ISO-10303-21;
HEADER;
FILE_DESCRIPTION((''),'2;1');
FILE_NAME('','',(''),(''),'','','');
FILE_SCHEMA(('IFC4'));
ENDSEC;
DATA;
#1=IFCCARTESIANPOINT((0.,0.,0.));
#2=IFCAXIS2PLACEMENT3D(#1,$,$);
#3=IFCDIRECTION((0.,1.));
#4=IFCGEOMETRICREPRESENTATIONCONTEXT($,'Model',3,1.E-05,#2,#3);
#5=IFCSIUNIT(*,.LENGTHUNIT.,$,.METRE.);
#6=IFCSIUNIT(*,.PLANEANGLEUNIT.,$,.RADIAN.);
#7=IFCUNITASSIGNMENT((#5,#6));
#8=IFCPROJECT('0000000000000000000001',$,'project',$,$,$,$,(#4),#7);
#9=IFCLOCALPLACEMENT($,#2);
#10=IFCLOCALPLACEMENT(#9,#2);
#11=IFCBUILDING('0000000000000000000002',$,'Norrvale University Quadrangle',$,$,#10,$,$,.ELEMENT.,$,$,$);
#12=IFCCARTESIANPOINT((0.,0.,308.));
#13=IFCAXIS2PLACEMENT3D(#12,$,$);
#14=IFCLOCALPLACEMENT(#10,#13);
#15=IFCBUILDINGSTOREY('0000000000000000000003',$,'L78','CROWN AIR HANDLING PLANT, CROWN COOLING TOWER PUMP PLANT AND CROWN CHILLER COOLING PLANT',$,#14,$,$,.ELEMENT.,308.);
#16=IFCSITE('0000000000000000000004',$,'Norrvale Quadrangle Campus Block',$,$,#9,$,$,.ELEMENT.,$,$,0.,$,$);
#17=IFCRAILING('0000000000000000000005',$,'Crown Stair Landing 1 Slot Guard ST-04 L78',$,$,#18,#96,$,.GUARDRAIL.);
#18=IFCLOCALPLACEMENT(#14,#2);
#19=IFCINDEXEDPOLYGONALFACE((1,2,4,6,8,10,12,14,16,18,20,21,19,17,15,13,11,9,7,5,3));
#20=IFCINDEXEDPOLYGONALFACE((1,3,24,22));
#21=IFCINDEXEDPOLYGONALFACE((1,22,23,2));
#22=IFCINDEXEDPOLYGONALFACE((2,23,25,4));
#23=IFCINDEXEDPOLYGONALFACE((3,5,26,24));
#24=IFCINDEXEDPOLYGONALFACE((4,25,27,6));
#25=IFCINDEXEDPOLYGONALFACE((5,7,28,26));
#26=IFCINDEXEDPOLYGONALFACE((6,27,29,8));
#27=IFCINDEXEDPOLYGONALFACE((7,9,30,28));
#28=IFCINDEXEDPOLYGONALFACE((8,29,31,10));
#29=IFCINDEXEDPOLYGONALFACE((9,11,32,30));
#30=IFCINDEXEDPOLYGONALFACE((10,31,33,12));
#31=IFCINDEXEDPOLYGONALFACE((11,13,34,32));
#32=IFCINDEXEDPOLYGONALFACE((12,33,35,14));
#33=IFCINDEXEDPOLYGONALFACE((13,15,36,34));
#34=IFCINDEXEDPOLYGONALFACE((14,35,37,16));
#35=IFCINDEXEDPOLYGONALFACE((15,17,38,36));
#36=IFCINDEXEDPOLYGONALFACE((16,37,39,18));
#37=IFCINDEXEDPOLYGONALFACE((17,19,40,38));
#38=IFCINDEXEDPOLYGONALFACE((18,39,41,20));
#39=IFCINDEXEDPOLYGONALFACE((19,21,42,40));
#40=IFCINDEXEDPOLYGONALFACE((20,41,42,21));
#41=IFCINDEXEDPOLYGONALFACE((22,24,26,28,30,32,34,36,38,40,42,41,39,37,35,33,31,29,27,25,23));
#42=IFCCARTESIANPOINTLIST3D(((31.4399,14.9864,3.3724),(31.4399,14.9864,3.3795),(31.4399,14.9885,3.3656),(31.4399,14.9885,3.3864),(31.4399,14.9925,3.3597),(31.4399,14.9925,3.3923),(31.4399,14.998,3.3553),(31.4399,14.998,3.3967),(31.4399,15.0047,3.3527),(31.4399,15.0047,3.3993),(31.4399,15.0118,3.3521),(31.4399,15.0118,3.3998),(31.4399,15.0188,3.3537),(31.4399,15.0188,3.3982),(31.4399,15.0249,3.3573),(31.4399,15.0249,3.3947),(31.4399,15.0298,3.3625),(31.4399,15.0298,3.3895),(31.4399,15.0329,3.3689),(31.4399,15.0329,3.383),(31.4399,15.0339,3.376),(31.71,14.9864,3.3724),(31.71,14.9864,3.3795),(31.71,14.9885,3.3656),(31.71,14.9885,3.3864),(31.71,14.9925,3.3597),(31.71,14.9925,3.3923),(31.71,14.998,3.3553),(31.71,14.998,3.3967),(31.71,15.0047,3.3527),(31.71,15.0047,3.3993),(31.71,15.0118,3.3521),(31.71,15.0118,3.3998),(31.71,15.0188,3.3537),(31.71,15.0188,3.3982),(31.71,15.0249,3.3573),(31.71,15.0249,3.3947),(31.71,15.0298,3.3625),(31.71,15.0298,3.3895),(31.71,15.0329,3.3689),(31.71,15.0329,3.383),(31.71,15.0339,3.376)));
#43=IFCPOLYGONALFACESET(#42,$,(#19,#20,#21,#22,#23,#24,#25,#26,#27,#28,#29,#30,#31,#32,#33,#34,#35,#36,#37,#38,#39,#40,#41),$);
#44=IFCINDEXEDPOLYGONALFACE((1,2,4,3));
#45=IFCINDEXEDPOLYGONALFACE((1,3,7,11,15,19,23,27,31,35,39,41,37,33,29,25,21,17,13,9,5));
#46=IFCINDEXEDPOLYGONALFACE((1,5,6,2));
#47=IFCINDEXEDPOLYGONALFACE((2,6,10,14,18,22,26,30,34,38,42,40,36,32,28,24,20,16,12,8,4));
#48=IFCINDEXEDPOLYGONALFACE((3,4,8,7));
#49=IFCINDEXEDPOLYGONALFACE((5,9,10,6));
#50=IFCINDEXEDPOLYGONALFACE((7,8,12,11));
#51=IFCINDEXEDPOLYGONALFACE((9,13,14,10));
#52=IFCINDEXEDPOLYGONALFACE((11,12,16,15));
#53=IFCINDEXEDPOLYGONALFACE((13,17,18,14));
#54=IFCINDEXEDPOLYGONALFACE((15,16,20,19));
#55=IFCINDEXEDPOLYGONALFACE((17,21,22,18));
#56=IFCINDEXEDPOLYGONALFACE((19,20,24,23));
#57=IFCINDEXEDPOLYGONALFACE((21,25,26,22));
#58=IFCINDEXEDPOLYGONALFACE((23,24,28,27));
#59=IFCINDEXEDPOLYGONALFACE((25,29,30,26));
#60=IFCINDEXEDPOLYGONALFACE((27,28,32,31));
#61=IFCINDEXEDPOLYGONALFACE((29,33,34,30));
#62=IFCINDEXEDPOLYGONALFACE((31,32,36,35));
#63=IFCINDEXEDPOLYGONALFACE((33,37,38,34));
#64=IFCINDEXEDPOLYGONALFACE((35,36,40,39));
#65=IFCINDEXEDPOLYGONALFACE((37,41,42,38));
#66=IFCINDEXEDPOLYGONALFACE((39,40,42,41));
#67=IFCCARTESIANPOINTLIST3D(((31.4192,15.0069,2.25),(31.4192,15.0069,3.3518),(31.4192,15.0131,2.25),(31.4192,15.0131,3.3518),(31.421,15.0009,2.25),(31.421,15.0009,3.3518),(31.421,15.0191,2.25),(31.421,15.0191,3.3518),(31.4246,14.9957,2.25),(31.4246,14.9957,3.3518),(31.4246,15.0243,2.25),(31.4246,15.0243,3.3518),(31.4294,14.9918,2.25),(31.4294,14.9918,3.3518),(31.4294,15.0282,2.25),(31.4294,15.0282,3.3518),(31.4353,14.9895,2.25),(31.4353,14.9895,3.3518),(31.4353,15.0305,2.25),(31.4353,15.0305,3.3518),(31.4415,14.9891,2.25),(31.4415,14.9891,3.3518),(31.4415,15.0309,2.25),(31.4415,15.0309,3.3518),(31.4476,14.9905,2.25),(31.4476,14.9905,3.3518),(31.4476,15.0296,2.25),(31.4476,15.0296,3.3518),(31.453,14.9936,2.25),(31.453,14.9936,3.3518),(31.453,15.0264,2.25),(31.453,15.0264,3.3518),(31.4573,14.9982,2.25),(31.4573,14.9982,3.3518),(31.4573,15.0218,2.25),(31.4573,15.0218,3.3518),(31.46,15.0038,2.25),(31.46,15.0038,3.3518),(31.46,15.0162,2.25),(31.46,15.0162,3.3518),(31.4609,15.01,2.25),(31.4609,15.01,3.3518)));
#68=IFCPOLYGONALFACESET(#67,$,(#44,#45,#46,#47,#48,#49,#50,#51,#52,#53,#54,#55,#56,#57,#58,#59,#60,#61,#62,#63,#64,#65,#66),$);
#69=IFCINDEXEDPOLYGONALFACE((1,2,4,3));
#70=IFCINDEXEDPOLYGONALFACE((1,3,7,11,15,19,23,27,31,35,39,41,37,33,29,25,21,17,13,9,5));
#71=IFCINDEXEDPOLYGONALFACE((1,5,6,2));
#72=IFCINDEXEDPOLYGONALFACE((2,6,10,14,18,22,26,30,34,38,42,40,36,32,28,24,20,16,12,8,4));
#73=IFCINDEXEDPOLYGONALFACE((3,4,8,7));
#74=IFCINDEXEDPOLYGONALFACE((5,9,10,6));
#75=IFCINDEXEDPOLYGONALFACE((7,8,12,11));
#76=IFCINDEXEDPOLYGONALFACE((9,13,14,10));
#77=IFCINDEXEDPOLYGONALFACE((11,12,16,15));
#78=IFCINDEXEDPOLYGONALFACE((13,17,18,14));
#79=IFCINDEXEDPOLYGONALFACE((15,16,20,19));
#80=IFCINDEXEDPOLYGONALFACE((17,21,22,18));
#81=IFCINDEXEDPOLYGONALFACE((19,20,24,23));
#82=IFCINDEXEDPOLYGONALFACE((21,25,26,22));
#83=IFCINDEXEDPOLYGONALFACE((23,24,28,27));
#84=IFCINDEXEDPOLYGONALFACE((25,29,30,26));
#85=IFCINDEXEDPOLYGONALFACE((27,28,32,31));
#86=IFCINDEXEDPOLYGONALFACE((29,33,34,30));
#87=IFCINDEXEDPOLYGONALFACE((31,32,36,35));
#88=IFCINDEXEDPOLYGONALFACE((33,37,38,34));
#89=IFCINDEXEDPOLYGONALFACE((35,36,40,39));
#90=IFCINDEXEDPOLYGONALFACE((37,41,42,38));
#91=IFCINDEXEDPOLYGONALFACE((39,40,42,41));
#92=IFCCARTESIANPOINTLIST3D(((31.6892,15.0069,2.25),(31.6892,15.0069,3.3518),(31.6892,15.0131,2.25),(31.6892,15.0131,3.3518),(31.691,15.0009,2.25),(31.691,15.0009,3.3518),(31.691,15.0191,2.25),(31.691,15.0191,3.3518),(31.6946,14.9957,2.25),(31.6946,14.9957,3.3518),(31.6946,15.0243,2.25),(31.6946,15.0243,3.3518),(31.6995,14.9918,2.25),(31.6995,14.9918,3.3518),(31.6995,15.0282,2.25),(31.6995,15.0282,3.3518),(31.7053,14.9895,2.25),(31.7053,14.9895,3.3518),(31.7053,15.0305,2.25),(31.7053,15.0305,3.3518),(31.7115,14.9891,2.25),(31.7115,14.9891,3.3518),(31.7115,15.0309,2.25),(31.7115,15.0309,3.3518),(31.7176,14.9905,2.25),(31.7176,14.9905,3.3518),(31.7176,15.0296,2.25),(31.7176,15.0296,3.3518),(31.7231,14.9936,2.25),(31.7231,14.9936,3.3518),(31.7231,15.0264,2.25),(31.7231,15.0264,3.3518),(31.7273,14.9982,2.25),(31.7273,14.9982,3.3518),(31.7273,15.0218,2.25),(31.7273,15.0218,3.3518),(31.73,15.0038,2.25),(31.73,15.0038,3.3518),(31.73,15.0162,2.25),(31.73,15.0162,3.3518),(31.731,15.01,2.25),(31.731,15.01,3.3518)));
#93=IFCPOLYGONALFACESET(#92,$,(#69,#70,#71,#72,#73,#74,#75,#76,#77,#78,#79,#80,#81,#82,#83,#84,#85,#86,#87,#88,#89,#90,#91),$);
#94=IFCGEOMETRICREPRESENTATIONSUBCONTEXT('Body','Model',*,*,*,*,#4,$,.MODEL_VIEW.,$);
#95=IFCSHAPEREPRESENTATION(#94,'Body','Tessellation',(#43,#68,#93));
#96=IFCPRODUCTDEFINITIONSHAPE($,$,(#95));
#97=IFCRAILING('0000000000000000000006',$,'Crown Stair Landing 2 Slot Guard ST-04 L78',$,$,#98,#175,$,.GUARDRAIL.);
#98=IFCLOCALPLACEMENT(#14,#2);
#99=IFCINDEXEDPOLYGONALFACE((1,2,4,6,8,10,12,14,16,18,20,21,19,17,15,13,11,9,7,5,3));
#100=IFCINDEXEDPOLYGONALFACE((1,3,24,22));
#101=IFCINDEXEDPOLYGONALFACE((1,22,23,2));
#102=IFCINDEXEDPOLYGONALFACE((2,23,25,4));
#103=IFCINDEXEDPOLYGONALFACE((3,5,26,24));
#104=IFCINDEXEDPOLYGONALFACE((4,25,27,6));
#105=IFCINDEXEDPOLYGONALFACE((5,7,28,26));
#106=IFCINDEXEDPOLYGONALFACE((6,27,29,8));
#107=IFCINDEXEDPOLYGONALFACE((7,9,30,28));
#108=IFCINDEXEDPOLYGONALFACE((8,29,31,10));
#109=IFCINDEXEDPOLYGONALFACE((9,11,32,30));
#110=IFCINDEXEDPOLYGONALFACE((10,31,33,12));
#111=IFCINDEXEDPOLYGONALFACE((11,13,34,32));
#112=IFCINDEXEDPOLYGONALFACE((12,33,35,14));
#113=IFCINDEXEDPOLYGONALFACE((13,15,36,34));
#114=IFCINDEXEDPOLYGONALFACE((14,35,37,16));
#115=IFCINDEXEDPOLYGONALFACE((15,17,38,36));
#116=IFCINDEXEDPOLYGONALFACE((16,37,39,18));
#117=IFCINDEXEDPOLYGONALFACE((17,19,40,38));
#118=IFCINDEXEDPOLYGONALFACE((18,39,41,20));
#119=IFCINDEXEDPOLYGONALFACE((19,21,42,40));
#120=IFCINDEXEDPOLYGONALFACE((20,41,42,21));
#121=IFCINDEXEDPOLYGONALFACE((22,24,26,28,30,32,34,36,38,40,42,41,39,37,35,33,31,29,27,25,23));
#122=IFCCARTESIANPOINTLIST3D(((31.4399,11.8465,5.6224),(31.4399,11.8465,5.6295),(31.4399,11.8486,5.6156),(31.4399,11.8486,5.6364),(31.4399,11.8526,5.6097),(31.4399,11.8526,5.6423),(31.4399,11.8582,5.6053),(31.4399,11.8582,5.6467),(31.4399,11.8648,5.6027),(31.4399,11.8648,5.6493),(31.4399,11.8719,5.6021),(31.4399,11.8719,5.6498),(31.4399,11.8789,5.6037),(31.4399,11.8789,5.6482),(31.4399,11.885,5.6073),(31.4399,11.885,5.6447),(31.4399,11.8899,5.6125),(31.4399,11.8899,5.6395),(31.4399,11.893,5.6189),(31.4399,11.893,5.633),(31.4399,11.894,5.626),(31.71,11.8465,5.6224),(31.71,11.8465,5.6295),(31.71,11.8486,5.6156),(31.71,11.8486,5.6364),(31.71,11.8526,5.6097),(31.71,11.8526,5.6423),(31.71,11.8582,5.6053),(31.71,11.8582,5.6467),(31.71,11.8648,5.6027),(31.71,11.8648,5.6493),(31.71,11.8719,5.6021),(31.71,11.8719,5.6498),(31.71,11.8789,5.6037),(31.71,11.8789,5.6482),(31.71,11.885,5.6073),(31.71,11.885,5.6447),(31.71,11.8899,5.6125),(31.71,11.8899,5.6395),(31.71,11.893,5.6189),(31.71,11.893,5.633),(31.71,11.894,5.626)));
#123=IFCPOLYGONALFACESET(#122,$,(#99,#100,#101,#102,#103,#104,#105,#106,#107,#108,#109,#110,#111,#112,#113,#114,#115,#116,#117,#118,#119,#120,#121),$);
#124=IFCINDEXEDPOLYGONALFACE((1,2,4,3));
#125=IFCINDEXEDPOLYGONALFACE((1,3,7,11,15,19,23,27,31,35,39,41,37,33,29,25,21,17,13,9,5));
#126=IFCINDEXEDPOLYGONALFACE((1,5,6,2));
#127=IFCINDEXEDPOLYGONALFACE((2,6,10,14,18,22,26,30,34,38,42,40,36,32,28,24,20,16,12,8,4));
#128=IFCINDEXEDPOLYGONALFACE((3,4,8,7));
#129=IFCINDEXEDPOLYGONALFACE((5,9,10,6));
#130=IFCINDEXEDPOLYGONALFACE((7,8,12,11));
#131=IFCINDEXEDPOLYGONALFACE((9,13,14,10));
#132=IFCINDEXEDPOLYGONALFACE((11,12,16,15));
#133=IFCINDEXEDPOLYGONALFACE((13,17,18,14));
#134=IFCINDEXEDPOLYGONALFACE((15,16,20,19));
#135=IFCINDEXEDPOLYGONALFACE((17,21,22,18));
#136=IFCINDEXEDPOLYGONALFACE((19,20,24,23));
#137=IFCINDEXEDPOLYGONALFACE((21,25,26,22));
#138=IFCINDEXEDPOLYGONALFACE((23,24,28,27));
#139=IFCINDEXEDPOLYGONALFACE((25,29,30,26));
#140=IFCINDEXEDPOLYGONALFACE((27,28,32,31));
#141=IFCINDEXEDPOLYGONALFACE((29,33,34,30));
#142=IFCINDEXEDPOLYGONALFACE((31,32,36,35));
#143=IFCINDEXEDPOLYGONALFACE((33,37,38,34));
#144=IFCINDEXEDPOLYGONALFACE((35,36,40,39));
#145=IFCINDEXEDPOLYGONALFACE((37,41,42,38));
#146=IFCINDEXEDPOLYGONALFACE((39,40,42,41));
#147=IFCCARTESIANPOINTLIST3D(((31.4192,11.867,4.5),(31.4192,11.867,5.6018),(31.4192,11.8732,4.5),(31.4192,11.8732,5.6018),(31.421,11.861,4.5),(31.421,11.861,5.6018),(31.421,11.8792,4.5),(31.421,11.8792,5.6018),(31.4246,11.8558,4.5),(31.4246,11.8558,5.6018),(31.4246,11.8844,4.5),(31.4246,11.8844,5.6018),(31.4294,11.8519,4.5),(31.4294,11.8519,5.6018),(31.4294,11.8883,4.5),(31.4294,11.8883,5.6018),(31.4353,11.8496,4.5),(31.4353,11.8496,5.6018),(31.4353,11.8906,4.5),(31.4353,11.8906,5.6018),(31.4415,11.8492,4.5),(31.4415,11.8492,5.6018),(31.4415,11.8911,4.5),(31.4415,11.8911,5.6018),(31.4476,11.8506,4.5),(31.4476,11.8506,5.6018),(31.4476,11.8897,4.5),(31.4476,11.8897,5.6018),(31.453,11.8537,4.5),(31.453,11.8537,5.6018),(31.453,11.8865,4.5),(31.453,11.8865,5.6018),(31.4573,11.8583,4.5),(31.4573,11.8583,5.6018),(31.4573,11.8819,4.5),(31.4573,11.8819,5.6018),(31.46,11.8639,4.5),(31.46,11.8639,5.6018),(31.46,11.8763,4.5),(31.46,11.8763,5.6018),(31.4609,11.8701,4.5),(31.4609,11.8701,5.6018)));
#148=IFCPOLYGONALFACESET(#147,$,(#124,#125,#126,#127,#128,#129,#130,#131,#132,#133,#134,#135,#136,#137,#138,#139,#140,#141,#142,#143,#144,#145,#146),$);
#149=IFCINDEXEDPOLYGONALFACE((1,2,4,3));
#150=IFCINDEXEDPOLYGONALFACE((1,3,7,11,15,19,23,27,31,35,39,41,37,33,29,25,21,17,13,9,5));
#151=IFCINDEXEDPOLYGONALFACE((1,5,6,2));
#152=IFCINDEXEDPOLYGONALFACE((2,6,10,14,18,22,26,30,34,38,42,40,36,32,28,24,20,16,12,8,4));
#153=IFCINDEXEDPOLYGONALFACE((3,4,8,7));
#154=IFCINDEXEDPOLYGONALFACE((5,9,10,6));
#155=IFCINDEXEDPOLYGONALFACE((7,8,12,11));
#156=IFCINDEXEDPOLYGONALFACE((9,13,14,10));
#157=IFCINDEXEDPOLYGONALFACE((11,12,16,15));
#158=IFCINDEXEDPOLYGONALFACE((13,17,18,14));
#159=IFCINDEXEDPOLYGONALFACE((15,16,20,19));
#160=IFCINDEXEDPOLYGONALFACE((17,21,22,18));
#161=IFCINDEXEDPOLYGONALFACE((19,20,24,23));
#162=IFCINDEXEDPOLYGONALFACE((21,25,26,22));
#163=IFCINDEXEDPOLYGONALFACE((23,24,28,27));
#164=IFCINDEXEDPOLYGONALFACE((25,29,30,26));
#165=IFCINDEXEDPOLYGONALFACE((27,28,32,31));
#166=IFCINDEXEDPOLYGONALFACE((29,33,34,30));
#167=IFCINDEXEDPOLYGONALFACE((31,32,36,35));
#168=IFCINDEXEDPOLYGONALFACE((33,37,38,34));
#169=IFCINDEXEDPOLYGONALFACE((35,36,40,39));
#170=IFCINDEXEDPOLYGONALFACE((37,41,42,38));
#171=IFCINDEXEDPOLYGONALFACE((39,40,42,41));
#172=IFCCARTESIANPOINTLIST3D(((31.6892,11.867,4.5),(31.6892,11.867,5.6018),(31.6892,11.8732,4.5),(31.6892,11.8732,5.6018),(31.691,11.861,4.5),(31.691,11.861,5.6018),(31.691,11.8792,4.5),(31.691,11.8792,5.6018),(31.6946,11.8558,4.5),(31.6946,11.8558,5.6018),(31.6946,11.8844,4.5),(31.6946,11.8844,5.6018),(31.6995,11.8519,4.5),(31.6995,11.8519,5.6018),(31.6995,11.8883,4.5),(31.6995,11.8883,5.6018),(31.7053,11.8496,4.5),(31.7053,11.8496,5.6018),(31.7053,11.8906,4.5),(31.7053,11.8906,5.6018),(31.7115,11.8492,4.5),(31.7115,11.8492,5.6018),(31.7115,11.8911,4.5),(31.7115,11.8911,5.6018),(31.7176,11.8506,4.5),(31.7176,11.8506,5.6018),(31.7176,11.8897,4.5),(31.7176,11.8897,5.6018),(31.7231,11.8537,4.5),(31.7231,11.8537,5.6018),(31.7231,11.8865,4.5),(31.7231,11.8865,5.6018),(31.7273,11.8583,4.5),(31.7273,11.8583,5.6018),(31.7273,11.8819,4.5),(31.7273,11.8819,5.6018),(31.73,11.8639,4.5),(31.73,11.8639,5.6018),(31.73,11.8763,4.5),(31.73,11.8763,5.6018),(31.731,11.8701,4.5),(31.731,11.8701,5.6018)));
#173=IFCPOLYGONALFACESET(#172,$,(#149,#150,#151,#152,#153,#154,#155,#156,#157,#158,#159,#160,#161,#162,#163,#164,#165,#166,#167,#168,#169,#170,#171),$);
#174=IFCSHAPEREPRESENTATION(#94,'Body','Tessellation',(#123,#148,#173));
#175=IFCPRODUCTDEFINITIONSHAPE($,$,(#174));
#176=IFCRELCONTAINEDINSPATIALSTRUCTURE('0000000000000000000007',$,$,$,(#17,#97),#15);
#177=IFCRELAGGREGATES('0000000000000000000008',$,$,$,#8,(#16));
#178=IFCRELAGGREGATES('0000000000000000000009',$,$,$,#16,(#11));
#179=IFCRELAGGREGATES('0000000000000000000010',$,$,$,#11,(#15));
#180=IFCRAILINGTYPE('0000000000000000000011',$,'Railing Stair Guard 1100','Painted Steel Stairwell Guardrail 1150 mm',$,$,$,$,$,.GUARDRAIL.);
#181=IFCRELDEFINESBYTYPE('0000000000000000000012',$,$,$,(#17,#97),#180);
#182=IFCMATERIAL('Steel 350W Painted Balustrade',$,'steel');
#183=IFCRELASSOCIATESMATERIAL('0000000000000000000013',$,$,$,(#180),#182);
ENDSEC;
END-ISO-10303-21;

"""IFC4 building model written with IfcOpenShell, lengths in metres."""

from ifc_helpers import new_model, si_unit, direction, frame, origin, origin_2d, place, context, subcontext, project, spatial, circle, extrude, material, type_object, element, save


model = new_model("IFC4")

# Units and contexts
model_context = context("Model", 3, precision=1e-05, world=origin(), true_north=direction((0.0, 1.0)))
body_context = subcontext(model_context, "Body", "Model", "MODEL_VIEW")
ifc_project = project(units=[si_unit("LENGTHUNIT", "METRE"), si_unit("PLANEANGLEUNIT", "RADIAN")], contexts=[model_context])

# Site, building, storey
site_placement = place(None, origin())
site = spatial("IfcSite", under=ifc_project, at=site_placement, Name="Norrvale Quadrangle Campus Block", CompositionType="ELEMENT", RefElevation=0.0)
building_placement = place(site_placement, origin())
building = spatial("IfcBuilding", under=site, at=building_placement, Name="Norrvale University Quadrangle", CompositionType="ELEMENT")
storey_placement = place(building_placement, frame((0.0, 0.0, 308.0)))
storey = spatial("IfcBuildingStorey", under=building, at=storey_placement, Name="L78", Description="CROWN AIR HANDLING PLANT, CROWN COOLING TOWER PUMP PLANT AND CROWN CHILLER COOLING PLANT", CompositionType="ELEMENT", Elevation=308.0)

# Railings
ifc_material_1 = material(Name="Steel 350W Painted Balustrade", Category="steel")
railing_type_1 = type_object("IfcRailingType", Name="Railing Stair Guard 1100", Description="Painted Steel Stairwell Guardrail 1150 mm", PredefinedType="GUARDRAIL", material=ifc_material_1)
for number, where, name in (
    (1, (31.4399, 15.01, 2.25), "Crown Stair Landing 1 Slot Guard ST-04 L78"),
    (2, (31.4399, 11.8701, 4.5), "Crown Stair Landing 2 Slot Guard ST-04 L78"),
):
    element("IfcRailing", number, at=place(storey_placement, frame(where)), inside=storey, type_object=railing_type_1, Name=name, PredefinedType="GUARDRAIL", context=body_context, shape_type="SweptSolid", body=[
        extrude(circle(Radius=0.0239, at=origin_2d()), frame((0.0, 0.0, 1.126), z_axis=(1.0, 0.0, 0.0), x_axis=(0.0, 1.0, 0.0)), (0.0, 0.0, 1.0), 0.27),
        extrude(circle(Radius=0.021, at=origin_2d()), origin(), (0.0, 0.0, 1.0), 1.1018),
        extrude(circle(Radius=0.021, at=origin_2d()), frame((0.27, 0.0, 0.0)), (0.0, 0.0, 1.0), 1.1018),
    ])

save(model, "model.ifc")
